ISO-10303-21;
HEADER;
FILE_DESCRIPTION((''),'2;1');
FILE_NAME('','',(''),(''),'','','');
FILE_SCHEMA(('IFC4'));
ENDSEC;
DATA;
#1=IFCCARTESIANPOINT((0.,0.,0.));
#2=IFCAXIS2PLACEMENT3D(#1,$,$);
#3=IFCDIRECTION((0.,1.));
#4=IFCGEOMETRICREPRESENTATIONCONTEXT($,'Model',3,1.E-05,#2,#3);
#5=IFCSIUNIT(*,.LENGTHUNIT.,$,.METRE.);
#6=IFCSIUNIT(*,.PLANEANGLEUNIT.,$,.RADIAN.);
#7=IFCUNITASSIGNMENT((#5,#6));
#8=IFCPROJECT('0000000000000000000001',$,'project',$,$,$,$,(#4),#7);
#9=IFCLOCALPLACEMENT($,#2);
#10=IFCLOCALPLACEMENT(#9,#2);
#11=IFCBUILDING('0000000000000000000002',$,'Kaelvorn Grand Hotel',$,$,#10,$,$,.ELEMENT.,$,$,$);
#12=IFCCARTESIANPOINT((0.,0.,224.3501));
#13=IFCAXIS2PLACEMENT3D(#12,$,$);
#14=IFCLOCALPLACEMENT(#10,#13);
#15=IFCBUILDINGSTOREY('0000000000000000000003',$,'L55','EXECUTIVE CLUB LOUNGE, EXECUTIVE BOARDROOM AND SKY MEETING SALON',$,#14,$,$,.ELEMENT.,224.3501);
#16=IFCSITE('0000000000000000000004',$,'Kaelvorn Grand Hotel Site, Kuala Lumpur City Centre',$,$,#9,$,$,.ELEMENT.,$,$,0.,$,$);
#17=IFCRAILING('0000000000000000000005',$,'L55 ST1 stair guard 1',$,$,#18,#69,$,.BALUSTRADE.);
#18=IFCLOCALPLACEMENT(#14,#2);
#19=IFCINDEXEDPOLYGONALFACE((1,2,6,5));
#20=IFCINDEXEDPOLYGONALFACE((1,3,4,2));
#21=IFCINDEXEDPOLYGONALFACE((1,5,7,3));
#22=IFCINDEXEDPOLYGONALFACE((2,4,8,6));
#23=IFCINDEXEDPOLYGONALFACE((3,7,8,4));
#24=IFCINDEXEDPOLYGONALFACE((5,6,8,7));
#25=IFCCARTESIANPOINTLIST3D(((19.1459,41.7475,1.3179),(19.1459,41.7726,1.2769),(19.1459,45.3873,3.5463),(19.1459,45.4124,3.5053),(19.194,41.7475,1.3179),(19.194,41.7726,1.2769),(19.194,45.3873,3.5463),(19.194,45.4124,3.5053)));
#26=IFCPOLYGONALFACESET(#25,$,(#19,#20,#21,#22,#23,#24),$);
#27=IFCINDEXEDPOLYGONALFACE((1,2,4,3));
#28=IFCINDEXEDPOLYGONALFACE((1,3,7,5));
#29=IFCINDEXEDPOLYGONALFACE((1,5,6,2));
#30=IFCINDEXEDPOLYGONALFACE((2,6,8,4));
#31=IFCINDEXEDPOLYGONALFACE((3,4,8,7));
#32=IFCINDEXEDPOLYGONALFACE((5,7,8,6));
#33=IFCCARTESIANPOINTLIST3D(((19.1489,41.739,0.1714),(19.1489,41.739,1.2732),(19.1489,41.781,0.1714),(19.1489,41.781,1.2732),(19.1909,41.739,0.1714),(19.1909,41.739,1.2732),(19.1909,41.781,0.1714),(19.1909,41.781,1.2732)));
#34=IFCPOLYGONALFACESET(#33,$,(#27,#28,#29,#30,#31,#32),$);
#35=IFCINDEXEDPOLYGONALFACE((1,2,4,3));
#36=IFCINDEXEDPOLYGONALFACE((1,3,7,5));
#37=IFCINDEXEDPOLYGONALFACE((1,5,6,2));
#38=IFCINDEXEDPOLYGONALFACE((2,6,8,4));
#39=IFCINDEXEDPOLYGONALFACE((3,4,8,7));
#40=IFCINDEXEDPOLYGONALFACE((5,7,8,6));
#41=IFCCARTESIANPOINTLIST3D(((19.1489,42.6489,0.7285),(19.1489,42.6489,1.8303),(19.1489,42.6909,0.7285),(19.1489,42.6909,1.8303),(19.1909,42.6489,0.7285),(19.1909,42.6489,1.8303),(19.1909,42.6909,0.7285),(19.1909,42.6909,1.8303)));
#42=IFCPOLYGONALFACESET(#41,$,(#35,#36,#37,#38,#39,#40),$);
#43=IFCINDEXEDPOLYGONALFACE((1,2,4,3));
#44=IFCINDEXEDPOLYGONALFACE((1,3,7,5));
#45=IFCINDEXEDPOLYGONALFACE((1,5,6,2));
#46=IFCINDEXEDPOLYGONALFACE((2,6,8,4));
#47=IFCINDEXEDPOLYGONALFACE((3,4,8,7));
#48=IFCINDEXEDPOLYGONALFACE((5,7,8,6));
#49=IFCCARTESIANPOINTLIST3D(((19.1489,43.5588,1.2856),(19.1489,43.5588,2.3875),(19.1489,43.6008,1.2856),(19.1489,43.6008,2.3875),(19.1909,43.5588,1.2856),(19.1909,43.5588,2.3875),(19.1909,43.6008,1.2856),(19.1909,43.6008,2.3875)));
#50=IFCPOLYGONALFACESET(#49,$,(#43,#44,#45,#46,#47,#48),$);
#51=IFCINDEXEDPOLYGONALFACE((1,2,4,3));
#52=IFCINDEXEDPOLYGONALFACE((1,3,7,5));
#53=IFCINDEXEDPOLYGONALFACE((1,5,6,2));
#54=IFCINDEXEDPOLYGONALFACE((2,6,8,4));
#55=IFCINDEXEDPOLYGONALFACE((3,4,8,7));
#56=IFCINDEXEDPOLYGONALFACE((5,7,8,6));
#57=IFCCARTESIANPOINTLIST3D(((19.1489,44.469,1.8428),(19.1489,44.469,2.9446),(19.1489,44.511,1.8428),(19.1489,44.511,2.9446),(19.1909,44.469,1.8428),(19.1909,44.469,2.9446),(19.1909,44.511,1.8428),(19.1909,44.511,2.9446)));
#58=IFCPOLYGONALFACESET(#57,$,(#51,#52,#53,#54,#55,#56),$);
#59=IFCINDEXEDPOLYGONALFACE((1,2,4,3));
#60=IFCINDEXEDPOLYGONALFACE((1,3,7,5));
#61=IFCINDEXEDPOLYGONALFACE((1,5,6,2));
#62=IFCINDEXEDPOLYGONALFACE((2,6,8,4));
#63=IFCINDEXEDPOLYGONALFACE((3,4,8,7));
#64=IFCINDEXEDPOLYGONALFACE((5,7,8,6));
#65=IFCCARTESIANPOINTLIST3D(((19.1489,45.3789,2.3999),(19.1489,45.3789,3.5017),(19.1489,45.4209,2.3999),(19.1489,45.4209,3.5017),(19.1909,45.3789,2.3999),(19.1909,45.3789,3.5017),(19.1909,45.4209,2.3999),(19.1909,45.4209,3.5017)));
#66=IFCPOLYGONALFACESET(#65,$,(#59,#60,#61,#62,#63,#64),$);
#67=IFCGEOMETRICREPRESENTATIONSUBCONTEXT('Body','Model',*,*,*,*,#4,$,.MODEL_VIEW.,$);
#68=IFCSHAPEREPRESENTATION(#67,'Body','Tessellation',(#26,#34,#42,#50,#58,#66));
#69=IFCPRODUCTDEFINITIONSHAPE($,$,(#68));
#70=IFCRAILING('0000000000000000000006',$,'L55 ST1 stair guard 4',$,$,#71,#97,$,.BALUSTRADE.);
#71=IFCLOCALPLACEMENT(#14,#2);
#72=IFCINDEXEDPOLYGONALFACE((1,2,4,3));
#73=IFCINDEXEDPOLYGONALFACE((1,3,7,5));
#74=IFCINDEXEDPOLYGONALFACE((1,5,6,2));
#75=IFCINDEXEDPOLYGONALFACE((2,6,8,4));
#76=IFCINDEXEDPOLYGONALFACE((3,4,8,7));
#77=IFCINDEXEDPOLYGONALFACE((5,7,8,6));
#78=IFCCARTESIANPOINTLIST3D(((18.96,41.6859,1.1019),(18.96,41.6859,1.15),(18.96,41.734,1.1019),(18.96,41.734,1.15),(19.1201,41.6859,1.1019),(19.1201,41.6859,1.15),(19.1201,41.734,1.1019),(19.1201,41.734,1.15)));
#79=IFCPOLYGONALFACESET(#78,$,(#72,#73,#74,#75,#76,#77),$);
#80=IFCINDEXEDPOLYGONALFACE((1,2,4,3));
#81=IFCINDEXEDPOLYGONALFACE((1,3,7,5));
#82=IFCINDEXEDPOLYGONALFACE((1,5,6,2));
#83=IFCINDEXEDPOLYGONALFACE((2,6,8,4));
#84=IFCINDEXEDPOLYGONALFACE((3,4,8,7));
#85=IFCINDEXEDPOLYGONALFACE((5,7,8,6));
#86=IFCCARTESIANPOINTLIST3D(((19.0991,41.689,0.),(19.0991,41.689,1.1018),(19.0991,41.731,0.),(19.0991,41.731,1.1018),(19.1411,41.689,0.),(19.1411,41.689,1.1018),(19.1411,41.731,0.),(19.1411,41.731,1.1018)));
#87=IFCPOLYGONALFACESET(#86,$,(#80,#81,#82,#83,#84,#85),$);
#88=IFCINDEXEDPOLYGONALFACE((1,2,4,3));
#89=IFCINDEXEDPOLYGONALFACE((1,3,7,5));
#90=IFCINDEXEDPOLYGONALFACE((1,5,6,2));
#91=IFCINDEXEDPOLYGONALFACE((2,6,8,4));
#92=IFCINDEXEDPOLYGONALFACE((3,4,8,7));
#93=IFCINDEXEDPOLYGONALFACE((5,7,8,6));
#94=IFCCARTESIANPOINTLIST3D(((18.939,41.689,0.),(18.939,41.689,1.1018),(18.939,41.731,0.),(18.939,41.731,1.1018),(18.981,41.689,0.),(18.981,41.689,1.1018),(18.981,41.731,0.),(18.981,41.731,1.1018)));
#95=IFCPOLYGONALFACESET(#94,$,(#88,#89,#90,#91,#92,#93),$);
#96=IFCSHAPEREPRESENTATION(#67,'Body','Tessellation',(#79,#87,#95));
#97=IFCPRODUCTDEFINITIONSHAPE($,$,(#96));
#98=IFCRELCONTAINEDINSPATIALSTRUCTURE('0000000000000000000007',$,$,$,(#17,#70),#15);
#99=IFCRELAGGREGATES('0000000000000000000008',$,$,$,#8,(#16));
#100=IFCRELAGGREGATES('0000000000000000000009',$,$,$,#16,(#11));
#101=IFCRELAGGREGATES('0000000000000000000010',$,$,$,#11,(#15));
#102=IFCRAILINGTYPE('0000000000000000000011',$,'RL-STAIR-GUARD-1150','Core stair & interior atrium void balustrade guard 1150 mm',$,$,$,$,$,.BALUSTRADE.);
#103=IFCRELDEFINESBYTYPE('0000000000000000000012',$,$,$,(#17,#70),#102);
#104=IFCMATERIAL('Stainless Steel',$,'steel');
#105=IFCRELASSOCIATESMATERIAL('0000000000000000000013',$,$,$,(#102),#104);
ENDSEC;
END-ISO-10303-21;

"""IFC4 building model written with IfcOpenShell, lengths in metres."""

from ifc_helpers import new_model, si_unit, direction, frame, origin, origin_2d, place, context, subcontext, project, spatial, rectangle, extrude, material, type_object, element, save


model = new_model("IFC4")

# Units and contexts
model_context = context("Model", 3, precision=1e-05, world=origin(), true_north=direction((0.0, 1.0)))
body_context = subcontext(model_context, "Body", "Model", "MODEL_VIEW")
ifc_project = project(units=[si_unit("LENGTHUNIT", "METRE"), si_unit("PLANEANGLEUNIT", "RADIAN")], contexts=[model_context])

# Site, building, storey
site_placement = place(None, origin())
site = spatial("IfcSite", under=ifc_project, at=site_placement, Name="Kaelvorn Grand Hotel Site, Kuala Lumpur City Centre", CompositionType="ELEMENT", RefElevation=0.0)
building_placement = place(site_placement, origin())
building = spatial("IfcBuilding", under=site, at=building_placement, Name="Kaelvorn Grand Hotel", CompositionType="ELEMENT")
storey_placement = place(building_placement, frame((0.0, 0.0, 224.3501)))
storey = spatial("IfcBuildingStorey", under=building, at=storey_placement, Name="L55", Description="EXECUTIVE CLUB LOUNGE, EXECUTIVE BOARDROOM AND SKY MEETING SALON", CompositionType="ELEMENT", Elevation=224.3501)

# Shared definitions
ifc_material_1 = material(Name="Stainless Steel", Category="steel")

# Railings
railing_type_1 = type_object("IfcRailingType", Name="RL-STAIR-GUARD-1150", Description="Core stair & interior atrium void balustrade guard 1150 mm", PredefinedType="BALUSTRADE", material=ifc_material_1)
railing_1_placement = place(storey_placement, frame((19.1699, 41.76, 0.1714)))
element("IfcRailing", 1, at=railing_1_placement, inside=storey, type_object=railing_type_1, Name="L55 ST1 stair guard 1", PredefinedType="BALUSTRADE", context=body_context, shape_type="SweptSolid", body=[
    extrude(rectangle(XDim=0.0481, YDim=0.0481, at=origin_2d()), frame((0.0, 0.0, 1.126), z_axis=(0.0, 0.85285, 0.522156), x_axis=(-1.0, 0.0, 0.0)), (0.0, 0.0, 1.0), 4.2678),
    extrude(rectangle(XDim=0.042, YDim=0.042, at=origin_2d()), origin(), (0.0, 0.0, 1.0), 1.1018),
    extrude(rectangle(XDim=0.042, YDim=0.042, at=origin_2d()), frame((0.0, 0.9099, 0.5571)), (0.0, 0.0, 1.0), 1.1018),
    extrude(rectangle(XDim=0.042, YDim=0.042, at=origin_2d()), frame((0.0, 1.8198, 1.1143)), (0.0, 0.0, 1.0), 1.1018),
    extrude(rectangle(XDim=0.042, YDim=0.042, at=origin_2d()), frame((0.0, 2.73, 1.6714)), (0.0, 0.0, 1.0), 1.1018),
    extrude(rectangle(XDim=0.042, YDim=0.042, at=origin_2d()), frame((0.0, 3.6399, 2.2285)), (0.0, 0.0, 1.0), 1.1018),
])
railing_2_placement = place(storey_placement, frame((19.1201, 41.71, 0.0)))
element("IfcRailing", 2, at=railing_2_placement, inside=storey, type_object=railing_type_1, Name="L55 ST1 stair guard 4", PredefinedType="BALUSTRADE", context=body_context, shape_type="SweptSolid", body=[
    extrude(rectangle(XDim=0.0481, YDim=0.0481, at=origin_2d()), frame((0.0, 0.0, 1.126), z_axis=(-1.0, 0.0, 0.0), x_axis=(0.0, -1.0, 0.0)), (0.0, 0.0, 1.0), 0.1602),
    extrude(rectangle(XDim=0.042, YDim=0.042, at=origin_2d()), origin(), (0.0, 0.0, 1.0), 1.1018),
    extrude(rectangle(XDim=0.042, YDim=0.042, at=origin_2d()), frame((-0.1602, 0.0, 0.0)), (0.0, 0.0, 1.0), 1.1018),
])

save(model, "model.ifc")
